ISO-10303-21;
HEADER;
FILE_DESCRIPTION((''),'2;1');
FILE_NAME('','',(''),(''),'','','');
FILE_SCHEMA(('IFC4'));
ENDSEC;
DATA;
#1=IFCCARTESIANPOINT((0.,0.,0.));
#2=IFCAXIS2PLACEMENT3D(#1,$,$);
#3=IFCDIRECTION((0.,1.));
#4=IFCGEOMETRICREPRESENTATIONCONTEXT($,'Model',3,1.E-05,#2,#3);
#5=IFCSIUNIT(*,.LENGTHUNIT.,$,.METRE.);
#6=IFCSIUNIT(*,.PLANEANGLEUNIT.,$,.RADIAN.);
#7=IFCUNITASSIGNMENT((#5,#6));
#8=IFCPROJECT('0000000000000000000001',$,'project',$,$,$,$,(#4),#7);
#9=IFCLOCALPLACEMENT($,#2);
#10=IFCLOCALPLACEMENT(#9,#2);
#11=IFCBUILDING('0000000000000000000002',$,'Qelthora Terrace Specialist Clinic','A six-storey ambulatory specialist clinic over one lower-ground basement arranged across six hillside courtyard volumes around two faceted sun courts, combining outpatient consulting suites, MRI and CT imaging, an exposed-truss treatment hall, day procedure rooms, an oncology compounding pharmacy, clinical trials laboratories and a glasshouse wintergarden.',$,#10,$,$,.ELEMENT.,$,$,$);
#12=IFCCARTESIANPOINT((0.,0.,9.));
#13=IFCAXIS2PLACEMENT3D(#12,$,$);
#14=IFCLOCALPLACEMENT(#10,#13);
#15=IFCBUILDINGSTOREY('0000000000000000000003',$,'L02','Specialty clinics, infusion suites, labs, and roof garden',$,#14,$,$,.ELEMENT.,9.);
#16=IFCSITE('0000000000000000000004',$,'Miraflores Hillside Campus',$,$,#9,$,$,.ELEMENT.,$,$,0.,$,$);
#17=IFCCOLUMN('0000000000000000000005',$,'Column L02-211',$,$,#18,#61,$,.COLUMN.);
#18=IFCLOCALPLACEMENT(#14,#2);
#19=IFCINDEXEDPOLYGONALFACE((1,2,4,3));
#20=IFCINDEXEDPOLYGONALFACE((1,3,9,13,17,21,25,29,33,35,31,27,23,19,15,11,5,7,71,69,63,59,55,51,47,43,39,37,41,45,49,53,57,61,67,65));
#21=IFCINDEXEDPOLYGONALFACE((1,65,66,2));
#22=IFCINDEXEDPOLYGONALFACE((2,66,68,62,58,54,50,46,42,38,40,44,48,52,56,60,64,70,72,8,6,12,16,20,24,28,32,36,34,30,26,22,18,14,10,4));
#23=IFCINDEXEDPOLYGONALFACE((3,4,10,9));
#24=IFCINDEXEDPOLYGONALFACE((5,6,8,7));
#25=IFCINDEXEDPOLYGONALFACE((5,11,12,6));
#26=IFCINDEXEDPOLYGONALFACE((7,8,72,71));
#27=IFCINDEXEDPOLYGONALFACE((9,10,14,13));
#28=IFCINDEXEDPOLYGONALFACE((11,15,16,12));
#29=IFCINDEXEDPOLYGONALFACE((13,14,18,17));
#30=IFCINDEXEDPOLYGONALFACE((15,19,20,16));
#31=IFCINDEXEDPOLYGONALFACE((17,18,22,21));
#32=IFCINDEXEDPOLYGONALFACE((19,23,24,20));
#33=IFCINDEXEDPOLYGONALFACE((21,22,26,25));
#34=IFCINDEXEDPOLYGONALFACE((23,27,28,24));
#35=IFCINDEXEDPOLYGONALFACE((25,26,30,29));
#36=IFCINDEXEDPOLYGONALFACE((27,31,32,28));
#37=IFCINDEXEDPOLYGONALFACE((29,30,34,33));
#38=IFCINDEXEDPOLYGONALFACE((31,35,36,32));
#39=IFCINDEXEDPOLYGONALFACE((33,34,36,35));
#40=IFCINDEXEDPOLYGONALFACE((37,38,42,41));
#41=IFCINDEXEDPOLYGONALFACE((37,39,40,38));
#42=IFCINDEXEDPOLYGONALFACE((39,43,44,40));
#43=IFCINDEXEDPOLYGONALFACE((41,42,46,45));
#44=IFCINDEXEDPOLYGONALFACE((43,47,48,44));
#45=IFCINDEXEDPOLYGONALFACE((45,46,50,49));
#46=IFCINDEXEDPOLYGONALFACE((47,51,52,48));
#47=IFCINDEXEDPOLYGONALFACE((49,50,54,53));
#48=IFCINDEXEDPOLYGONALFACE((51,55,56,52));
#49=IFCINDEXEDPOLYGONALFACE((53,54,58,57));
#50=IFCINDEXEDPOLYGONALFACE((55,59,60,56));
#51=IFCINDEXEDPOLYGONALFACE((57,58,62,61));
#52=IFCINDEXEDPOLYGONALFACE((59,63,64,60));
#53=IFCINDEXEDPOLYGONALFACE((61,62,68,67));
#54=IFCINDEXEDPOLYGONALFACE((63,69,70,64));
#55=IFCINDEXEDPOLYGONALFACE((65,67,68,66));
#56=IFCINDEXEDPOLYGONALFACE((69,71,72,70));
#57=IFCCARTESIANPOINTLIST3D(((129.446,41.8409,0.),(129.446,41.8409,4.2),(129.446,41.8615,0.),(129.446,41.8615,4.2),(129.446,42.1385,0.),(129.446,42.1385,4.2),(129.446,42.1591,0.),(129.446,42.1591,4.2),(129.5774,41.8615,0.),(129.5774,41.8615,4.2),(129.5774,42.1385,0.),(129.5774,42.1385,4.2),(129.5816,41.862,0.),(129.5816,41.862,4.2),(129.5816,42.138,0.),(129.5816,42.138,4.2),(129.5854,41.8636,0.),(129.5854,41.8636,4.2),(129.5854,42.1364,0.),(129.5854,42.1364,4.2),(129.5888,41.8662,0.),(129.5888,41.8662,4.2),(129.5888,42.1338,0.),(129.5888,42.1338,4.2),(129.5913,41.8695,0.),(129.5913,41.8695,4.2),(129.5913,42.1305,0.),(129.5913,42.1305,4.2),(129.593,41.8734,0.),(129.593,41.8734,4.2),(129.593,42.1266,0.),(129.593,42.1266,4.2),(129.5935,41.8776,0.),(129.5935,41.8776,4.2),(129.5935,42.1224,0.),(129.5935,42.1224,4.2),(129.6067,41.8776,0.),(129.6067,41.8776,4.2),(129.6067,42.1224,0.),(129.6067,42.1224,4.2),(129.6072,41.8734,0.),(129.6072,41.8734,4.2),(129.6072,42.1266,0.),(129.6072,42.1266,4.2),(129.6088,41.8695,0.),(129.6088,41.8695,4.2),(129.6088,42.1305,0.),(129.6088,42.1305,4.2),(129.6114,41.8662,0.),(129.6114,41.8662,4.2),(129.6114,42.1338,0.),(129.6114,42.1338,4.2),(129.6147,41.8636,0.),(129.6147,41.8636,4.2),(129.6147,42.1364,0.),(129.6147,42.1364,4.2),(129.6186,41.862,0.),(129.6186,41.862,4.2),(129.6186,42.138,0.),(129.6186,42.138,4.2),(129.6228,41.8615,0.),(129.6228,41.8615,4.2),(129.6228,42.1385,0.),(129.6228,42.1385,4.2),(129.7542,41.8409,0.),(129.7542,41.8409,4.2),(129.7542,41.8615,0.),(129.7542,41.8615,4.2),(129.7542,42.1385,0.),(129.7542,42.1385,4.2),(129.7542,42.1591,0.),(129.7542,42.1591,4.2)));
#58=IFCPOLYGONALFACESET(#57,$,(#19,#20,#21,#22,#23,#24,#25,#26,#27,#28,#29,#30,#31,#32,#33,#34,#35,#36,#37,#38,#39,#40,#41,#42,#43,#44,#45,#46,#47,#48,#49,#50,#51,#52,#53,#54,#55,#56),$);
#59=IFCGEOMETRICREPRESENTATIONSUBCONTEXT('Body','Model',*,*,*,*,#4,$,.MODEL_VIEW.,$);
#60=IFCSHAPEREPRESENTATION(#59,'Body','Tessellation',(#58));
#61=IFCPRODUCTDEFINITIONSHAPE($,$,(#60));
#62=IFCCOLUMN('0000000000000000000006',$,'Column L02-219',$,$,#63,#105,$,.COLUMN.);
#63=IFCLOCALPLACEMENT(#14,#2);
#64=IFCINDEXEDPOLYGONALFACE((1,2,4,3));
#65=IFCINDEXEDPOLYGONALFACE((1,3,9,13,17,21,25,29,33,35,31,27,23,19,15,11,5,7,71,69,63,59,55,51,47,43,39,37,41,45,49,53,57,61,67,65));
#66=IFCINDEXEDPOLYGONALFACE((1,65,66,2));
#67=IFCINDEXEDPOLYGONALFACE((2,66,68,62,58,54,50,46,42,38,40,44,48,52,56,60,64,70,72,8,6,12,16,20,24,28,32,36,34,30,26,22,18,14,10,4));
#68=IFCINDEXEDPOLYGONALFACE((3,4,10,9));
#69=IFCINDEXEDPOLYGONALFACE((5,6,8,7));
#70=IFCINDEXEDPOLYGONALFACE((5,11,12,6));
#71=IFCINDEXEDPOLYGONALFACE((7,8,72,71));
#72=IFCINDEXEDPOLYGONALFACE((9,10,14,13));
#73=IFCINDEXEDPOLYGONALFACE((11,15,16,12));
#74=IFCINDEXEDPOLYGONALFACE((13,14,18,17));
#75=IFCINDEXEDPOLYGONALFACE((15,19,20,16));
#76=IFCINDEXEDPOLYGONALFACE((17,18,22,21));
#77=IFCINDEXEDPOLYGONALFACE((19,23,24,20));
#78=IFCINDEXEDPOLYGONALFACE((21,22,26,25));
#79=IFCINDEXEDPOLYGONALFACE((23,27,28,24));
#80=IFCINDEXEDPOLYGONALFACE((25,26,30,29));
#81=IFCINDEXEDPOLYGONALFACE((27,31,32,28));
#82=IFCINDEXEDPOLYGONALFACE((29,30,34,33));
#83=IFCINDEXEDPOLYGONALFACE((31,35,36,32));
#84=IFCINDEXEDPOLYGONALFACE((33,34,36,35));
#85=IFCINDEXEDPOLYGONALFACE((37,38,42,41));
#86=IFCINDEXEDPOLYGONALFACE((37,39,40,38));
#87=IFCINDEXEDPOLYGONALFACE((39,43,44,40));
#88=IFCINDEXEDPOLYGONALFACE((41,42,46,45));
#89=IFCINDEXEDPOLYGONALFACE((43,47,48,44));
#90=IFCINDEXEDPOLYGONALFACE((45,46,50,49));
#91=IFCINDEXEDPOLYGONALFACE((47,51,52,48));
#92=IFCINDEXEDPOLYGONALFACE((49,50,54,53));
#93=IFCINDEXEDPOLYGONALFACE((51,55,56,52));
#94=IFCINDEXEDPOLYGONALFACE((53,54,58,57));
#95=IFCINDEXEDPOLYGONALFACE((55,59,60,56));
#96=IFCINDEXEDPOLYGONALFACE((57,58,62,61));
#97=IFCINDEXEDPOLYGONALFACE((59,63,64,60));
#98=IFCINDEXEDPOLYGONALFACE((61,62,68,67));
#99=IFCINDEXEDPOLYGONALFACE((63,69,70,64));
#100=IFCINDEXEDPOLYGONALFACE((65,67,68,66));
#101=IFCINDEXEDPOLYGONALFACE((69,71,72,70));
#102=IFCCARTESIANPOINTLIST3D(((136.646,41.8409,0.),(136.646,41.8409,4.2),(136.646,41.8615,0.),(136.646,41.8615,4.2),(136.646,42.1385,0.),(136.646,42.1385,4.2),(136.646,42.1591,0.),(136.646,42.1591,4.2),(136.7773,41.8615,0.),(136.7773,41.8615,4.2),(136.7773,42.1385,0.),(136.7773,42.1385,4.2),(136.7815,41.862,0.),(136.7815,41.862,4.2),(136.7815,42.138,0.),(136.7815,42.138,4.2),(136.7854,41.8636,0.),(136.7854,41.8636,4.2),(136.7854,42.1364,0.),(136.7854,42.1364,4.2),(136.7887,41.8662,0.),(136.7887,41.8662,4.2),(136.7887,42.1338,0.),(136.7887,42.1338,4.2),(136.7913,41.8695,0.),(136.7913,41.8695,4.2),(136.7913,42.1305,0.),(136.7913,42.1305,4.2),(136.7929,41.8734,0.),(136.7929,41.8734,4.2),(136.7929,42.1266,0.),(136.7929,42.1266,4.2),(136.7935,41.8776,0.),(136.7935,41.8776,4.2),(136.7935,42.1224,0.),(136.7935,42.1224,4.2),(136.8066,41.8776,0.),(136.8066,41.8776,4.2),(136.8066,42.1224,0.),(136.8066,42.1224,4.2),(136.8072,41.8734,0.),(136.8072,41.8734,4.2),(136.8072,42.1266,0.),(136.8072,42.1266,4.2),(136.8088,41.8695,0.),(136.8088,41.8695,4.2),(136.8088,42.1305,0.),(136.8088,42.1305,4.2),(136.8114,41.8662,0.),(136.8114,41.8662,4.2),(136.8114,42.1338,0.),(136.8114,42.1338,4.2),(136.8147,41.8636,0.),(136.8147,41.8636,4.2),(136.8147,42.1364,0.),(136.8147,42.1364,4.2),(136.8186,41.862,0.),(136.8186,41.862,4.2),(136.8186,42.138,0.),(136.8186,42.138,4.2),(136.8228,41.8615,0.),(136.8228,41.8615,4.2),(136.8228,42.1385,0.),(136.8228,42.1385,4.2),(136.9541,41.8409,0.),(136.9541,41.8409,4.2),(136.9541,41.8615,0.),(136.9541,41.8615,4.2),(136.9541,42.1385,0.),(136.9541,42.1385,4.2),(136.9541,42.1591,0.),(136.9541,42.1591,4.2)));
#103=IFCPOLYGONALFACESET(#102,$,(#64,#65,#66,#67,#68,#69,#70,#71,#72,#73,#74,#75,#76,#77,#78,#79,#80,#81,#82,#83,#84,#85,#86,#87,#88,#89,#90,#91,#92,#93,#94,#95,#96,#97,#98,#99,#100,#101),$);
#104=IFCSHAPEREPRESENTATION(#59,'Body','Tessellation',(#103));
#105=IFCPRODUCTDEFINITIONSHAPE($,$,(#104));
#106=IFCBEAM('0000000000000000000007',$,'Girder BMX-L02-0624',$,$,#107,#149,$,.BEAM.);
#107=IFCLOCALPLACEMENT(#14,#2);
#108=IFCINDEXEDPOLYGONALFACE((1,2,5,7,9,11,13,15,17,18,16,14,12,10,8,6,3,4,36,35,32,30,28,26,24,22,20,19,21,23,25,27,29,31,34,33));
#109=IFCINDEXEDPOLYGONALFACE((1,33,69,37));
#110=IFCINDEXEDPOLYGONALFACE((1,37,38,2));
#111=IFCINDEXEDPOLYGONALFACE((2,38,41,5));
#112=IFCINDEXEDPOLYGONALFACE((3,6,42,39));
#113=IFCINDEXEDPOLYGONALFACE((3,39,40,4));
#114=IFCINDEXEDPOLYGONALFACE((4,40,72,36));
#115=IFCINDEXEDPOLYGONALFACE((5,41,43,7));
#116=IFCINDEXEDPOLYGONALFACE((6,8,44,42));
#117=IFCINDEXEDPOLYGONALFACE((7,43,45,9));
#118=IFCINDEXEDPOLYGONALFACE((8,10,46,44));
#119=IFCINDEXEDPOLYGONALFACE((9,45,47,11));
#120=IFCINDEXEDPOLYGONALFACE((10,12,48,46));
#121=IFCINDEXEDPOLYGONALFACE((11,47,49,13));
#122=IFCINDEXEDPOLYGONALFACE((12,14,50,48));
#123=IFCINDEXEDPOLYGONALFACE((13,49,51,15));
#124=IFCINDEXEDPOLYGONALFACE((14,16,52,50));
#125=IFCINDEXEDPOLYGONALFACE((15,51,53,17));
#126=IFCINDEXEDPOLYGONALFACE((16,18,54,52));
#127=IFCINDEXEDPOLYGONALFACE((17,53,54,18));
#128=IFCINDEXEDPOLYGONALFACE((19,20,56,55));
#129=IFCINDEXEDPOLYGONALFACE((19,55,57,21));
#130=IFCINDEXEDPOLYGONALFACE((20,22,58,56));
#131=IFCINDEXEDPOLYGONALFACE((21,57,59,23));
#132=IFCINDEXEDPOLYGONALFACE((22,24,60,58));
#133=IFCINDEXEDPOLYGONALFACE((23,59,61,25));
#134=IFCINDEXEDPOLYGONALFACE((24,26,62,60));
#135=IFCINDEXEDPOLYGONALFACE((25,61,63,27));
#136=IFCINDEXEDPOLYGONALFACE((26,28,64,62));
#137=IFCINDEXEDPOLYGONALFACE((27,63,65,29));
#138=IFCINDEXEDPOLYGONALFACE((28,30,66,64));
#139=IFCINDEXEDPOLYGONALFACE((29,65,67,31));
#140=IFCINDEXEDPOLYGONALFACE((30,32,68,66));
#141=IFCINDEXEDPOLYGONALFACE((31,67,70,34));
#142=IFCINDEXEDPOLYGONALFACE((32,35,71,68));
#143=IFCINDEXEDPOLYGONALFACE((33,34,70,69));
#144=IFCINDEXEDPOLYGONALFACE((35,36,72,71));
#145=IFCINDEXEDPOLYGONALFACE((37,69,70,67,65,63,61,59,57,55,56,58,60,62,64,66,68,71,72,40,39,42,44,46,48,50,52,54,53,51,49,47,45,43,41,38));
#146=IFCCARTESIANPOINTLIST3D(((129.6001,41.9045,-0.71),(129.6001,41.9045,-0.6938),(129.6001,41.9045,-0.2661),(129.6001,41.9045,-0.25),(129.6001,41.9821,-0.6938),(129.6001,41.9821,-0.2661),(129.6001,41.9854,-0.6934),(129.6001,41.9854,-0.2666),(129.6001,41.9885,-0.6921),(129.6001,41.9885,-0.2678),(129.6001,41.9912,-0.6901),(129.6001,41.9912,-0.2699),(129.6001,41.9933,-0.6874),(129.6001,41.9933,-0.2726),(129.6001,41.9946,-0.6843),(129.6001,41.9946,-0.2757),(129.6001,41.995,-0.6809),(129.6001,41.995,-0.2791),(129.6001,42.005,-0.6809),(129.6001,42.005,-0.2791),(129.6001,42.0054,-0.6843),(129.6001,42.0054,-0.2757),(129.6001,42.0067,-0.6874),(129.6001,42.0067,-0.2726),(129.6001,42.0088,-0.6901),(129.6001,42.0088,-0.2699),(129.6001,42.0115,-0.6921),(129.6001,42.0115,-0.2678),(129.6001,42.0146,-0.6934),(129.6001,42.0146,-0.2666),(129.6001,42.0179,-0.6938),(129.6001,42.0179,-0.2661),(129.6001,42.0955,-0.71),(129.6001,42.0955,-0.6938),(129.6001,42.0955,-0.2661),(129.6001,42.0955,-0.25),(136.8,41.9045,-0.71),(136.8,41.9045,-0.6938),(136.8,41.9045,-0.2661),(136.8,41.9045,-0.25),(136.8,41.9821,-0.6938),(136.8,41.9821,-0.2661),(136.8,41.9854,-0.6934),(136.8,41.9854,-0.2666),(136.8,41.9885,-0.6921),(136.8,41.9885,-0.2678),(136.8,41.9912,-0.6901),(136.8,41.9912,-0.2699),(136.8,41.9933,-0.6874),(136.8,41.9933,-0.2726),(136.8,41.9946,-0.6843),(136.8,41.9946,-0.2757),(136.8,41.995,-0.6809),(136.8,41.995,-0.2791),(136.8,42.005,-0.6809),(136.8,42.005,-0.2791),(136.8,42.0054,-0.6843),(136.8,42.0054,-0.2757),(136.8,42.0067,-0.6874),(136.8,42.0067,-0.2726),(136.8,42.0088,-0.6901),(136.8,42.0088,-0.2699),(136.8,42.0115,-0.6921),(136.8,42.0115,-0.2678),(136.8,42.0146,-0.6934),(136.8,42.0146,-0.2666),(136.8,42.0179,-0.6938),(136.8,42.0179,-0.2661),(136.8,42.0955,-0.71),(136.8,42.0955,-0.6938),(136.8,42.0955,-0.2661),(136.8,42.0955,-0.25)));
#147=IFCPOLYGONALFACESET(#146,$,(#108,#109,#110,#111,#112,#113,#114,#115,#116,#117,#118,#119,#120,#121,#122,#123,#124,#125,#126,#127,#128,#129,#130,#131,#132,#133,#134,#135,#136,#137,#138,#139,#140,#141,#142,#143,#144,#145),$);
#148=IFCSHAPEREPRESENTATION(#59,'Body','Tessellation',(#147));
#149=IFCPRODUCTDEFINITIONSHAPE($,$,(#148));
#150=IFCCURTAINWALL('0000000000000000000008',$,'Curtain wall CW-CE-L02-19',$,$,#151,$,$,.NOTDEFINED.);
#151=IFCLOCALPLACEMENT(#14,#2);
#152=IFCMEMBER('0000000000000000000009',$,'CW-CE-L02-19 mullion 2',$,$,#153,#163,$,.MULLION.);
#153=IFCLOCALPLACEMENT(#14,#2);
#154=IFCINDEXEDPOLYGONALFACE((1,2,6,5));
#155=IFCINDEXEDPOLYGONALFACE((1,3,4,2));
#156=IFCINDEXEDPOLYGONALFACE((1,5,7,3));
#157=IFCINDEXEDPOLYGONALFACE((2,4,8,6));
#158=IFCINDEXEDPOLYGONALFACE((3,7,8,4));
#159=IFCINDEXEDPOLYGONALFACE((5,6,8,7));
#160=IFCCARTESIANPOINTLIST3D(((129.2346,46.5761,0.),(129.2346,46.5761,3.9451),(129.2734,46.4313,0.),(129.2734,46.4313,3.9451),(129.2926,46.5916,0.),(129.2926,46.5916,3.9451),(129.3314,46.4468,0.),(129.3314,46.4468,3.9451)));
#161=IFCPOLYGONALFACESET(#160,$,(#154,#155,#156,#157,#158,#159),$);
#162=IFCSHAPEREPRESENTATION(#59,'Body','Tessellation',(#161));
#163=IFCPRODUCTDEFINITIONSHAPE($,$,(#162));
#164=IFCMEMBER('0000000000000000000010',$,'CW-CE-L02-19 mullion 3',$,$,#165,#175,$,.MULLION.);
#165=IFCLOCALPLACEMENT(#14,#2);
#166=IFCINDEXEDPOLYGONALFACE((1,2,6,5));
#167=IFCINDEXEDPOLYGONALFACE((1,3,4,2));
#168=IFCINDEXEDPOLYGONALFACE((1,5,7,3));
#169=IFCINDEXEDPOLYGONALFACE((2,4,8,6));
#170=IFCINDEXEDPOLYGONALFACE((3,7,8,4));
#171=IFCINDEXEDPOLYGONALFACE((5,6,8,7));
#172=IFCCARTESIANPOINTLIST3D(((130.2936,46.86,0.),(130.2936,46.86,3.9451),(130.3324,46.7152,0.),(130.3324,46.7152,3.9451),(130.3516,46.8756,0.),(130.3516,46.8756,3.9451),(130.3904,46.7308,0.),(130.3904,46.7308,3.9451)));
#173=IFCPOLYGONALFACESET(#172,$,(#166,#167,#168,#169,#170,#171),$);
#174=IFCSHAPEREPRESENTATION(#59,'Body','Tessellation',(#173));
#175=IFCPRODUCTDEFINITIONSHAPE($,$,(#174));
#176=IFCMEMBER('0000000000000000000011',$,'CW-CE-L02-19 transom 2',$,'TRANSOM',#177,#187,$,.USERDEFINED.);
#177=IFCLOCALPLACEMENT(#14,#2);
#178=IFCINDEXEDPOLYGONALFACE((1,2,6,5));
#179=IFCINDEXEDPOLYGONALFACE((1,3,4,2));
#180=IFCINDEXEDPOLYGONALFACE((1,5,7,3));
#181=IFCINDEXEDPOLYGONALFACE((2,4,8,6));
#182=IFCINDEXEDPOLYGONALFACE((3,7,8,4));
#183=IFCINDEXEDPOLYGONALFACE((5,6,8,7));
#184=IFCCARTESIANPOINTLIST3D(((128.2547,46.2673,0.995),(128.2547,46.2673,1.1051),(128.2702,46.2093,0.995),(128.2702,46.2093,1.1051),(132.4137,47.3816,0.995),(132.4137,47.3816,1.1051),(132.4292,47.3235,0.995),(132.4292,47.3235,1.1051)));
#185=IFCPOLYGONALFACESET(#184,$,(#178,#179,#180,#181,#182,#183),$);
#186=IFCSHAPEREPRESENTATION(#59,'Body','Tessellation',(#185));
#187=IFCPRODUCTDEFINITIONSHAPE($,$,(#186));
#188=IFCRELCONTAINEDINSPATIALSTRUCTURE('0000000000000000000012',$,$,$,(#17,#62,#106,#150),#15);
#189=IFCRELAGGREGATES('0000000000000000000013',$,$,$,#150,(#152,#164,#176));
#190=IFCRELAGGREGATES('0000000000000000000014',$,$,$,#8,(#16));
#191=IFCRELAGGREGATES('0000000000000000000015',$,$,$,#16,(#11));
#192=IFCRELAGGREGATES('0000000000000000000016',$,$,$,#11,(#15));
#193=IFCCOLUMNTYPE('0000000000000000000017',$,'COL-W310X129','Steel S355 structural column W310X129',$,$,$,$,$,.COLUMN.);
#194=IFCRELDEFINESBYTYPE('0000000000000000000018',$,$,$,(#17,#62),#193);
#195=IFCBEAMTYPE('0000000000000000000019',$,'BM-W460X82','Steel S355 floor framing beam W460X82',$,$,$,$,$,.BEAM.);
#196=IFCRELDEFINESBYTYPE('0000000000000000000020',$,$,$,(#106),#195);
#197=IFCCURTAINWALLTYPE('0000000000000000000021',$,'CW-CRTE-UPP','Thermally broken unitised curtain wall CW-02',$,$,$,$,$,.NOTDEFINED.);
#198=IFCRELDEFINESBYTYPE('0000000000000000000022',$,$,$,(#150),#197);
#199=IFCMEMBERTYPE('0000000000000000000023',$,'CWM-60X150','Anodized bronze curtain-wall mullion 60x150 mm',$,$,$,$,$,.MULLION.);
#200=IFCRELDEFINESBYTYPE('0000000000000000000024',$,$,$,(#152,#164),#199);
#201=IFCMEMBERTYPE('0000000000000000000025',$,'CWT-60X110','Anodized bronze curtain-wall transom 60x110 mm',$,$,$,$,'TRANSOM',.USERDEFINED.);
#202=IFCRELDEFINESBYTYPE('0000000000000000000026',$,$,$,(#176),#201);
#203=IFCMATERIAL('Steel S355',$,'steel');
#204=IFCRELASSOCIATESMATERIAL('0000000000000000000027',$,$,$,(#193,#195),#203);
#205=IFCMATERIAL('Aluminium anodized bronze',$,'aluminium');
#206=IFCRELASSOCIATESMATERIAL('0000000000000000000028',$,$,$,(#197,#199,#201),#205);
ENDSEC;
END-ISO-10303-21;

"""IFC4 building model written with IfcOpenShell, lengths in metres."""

from ifc_helpers import new_model, si_unit, direction, frame, origin, origin_2d, place, context, subcontext, project, spatial, rectangle, i_section, extrude, material, material_profile, profile_set, type_object, element, aggregate, save


model = new_model("IFC4")

# Units and contexts
model_context = context("Model", 3, precision=1e-05, world=origin(), true_north=direction((0.0, 1.0)))
body_context = subcontext(model_context, "Body", "Model", "MODEL_VIEW")
ifc_project = project(units=[si_unit("LENGTHUNIT", "METRE"), si_unit("PLANEANGLEUNIT", "RADIAN")], contexts=[model_context])

# Site, building, storey
site_placement = place(None, origin())
site = spatial("IfcSite", under=ifc_project, at=site_placement, Name="Miraflores Hillside Campus", CompositionType="ELEMENT", RefElevation=0.0)
building_placement = place(site_placement, origin())
building = spatial("IfcBuilding", under=site, at=building_placement, Name="Qelthora Terrace Specialist Clinic", Description="A six-storey ambulatory specialist clinic over one lower-ground basement arranged across six hillside courtyard volumes around two faceted sun courts, combining outpatient consulting suites, MRI and CT imaging, an exposed-truss treatment hall, day procedure rooms, an oncology compounding pharmacy, clinical trials laboratories and a glasshouse wintergarden.", CompositionType="ELEMENT")
storey_placement = place(building_placement, frame((0.0, 0.0, 9.0)))
storey = spatial("IfcBuildingStorey", under=building, at=storey_placement, Name="L02", Description="Specialty clinics, infusion suites, labs, and roof garden", CompositionType="ELEMENT", Elevation=9.0)

# Columns
ifc_material_1 = material(Name="Steel S355", Category="steel")
ifc_material_profile_1 = material_profile(ifc_material_1, i_section(OverallWidth=0.3081, OverallDepth=0.3181, WebThickness=0.0132, FlangeThickness=0.0205, FilletRadius=0.0161, at=origin_2d()), Name="W310X129")
ifc_profile_set_1 = profile_set([ifc_material_profile_1], Name="Steel S355")
column_type = type_object("IfcColumnType", Name="COL-W310X129", Description="Steel S355 structural column W310X129", PredefinedType="COLUMN", material=ifc_profile_set_1)
for number, where, z_axis, x_axis, name in (
    (1, (129.6001, 42.0, 0.0), (0.0, 0.0, 1.0), (1.0, 0.0, 0.0), "Column L02-211"),
    (2, (136.8, 42.0, 0.0), (0.0, 0.0, 1.0), (1.0, 0.0, 0.0), "Column L02-219"),
):
    element("IfcColumn", number, at=place(storey_placement, frame(where, z_axis=z_axis, x_axis=x_axis)), inside=storey, type_object=column_type, Name=name, PredefinedType="COLUMN", context=body_context, shape_type="SweptSolid", body=[
        extrude(i_section(OverallWidth=0.3081, OverallDepth=0.3181, WebThickness=0.0132, FlangeThickness=0.0205, FilletRadius=0.0161, at=origin_2d()), origin(), (0.0, 0.0, 1.0), 4.2),
    ])

# Beam
ifc_material_profile_2 = material_profile(ifc_material_1, i_section(OverallWidth=0.1909, OverallDepth=0.46, WebThickness=0.01, FlangeThickness=0.0161, FilletRadius=0.0129, at=origin_2d()), Name="W460X82")
ifc_profile_set_2 = profile_set([ifc_material_profile_2], Name="Steel S355")
beam_type = type_object("IfcBeamType", Name="BM-W460X82", Description="Steel S355 floor framing beam W460X82", PredefinedType="BEAM", material=ifc_profile_set_2)
beam_placement = place(storey_placement, frame((129.6001, 42.0, -0.48), z_axis=(1.0, 0.0, 0.0), x_axis=(0.0, 1.0, 0.0)))
element("IfcBeam", 3, at=beam_placement, inside=storey, type_object=beam_type, Name="Girder BMX-L02-0624", PredefinedType="BEAM", context=body_context, shape_type="SweptSolid", body=[
    extrude(i_section(OverallWidth=0.1909, OverallDepth=0.46, WebThickness=0.01, FlangeThickness=0.0161, FilletRadius=0.0129, at=origin_2d()), origin(), (0.0, 0.0, 1.0), 7.2),
])

# Curtain wall, members
ifc_material_2 = material(Name="Aluminium anodized bronze", Category="aluminium")
curtain_wall_type = type_object("IfcCurtainWallType", Name="CW-CRTE-UPP", Description="Thermally broken unitised curtain wall CW-02", PredefinedType="NOTDEFINED", material=ifc_material_2)
curtain_wall_placement = place(storey_placement, origin())
curtain_wall = element("IfcCurtainWall", 4, at=curtain_wall_placement, inside=storey, type_object=curtain_wall_type, Name="Curtain wall CW-CE-L02-19", PredefinedType="NOTDEFINED")
ifc_material_profile_3 = material_profile(ifc_material_2, rectangle(XDim=0.0601, YDim=0.1499, at=origin_2d()), Name="CWM60X150")
ifc_profile_set_3 = profile_set([ifc_material_profile_3], Name="Aluminium anodized bronze")
member_type_1 = type_object("IfcMemberType", Name="CWM-60X150", Description="Anodized bronze curtain-wall mullion 60x150 mm", PredefinedType="MULLION", material=ifc_profile_set_3)
member_1_placement = place(storey_placement, frame((129.283, 46.5115, 0.0), z_axis=(0.0, 0.0, 1.0), x_axis=(0.965926, 0.25882, 0.0)))
member_1 = element("IfcMember", 5, at=member_1_placement, type_object=member_type_1, Name="CW-CE-L02-19 mullion 2", PredefinedType="MULLION", context=body_context, shape_type="SweptSolid", body=[
    extrude(rectangle(XDim=0.0601, YDim=0.1499, at=origin_2d()), origin(), (0.0, 0.0, 1.0), 3.9451),
])
member_2_placement = place(storey_placement, frame((130.342, 46.7954, 0.0), z_axis=(0.0, 0.0, 1.0), x_axis=(0.965926, 0.25882, 0.0)))
member_2 = element("IfcMember", 6, at=member_2_placement, type_object=member_type_1, Name="CW-CE-L02-19 mullion 3", PredefinedType="MULLION", context=body_context, shape_type="SweptSolid", body=[
    extrude(rectangle(XDim=0.0601, YDim=0.1499, at=origin_2d()), origin(), (0.0, 0.0, 1.0), 3.9451),
])
ifc_material_profile_4 = material_profile(ifc_material_2, rectangle(XDim=0.0601, YDim=0.1101, at=origin_2d()), Name="CWT60X110")
ifc_profile_set_4 = profile_set([ifc_material_profile_4], Name="Aluminium anodized bronze")
member_type_2 = type_object("IfcMemberType", Name="CWT-60X110", Description="Anodized bronze curtain-wall transom 60x110 mm", ElementType="TRANSOM", PredefinedType="USERDEFINED", material=ifc_profile_set_4)
member_3_placement = place(storey_placement, frame((128.2625, 46.2383, 1.05), z_axis=(0.965933, 0.258792, 0.0), x_axis=(-0.258792, 0.965933, 0.0)))
member_3 = element("IfcMember", 7, at=member_3_placement, type_object=member_type_2, Name="CW-CE-L02-19 transom 2", ObjectType="TRANSOM", PredefinedType="USERDEFINED", context=body_context, shape_type="SweptSolid", body=[
    extrude(rectangle(XDim=0.0601, YDim=0.1101, at=origin_2d()), origin(), (0.0, 0.0, 1.0), 4.3057),
])
aggregate(curtain_wall, [member_1, member_2, member_3])

save(model, "model.ifc")
